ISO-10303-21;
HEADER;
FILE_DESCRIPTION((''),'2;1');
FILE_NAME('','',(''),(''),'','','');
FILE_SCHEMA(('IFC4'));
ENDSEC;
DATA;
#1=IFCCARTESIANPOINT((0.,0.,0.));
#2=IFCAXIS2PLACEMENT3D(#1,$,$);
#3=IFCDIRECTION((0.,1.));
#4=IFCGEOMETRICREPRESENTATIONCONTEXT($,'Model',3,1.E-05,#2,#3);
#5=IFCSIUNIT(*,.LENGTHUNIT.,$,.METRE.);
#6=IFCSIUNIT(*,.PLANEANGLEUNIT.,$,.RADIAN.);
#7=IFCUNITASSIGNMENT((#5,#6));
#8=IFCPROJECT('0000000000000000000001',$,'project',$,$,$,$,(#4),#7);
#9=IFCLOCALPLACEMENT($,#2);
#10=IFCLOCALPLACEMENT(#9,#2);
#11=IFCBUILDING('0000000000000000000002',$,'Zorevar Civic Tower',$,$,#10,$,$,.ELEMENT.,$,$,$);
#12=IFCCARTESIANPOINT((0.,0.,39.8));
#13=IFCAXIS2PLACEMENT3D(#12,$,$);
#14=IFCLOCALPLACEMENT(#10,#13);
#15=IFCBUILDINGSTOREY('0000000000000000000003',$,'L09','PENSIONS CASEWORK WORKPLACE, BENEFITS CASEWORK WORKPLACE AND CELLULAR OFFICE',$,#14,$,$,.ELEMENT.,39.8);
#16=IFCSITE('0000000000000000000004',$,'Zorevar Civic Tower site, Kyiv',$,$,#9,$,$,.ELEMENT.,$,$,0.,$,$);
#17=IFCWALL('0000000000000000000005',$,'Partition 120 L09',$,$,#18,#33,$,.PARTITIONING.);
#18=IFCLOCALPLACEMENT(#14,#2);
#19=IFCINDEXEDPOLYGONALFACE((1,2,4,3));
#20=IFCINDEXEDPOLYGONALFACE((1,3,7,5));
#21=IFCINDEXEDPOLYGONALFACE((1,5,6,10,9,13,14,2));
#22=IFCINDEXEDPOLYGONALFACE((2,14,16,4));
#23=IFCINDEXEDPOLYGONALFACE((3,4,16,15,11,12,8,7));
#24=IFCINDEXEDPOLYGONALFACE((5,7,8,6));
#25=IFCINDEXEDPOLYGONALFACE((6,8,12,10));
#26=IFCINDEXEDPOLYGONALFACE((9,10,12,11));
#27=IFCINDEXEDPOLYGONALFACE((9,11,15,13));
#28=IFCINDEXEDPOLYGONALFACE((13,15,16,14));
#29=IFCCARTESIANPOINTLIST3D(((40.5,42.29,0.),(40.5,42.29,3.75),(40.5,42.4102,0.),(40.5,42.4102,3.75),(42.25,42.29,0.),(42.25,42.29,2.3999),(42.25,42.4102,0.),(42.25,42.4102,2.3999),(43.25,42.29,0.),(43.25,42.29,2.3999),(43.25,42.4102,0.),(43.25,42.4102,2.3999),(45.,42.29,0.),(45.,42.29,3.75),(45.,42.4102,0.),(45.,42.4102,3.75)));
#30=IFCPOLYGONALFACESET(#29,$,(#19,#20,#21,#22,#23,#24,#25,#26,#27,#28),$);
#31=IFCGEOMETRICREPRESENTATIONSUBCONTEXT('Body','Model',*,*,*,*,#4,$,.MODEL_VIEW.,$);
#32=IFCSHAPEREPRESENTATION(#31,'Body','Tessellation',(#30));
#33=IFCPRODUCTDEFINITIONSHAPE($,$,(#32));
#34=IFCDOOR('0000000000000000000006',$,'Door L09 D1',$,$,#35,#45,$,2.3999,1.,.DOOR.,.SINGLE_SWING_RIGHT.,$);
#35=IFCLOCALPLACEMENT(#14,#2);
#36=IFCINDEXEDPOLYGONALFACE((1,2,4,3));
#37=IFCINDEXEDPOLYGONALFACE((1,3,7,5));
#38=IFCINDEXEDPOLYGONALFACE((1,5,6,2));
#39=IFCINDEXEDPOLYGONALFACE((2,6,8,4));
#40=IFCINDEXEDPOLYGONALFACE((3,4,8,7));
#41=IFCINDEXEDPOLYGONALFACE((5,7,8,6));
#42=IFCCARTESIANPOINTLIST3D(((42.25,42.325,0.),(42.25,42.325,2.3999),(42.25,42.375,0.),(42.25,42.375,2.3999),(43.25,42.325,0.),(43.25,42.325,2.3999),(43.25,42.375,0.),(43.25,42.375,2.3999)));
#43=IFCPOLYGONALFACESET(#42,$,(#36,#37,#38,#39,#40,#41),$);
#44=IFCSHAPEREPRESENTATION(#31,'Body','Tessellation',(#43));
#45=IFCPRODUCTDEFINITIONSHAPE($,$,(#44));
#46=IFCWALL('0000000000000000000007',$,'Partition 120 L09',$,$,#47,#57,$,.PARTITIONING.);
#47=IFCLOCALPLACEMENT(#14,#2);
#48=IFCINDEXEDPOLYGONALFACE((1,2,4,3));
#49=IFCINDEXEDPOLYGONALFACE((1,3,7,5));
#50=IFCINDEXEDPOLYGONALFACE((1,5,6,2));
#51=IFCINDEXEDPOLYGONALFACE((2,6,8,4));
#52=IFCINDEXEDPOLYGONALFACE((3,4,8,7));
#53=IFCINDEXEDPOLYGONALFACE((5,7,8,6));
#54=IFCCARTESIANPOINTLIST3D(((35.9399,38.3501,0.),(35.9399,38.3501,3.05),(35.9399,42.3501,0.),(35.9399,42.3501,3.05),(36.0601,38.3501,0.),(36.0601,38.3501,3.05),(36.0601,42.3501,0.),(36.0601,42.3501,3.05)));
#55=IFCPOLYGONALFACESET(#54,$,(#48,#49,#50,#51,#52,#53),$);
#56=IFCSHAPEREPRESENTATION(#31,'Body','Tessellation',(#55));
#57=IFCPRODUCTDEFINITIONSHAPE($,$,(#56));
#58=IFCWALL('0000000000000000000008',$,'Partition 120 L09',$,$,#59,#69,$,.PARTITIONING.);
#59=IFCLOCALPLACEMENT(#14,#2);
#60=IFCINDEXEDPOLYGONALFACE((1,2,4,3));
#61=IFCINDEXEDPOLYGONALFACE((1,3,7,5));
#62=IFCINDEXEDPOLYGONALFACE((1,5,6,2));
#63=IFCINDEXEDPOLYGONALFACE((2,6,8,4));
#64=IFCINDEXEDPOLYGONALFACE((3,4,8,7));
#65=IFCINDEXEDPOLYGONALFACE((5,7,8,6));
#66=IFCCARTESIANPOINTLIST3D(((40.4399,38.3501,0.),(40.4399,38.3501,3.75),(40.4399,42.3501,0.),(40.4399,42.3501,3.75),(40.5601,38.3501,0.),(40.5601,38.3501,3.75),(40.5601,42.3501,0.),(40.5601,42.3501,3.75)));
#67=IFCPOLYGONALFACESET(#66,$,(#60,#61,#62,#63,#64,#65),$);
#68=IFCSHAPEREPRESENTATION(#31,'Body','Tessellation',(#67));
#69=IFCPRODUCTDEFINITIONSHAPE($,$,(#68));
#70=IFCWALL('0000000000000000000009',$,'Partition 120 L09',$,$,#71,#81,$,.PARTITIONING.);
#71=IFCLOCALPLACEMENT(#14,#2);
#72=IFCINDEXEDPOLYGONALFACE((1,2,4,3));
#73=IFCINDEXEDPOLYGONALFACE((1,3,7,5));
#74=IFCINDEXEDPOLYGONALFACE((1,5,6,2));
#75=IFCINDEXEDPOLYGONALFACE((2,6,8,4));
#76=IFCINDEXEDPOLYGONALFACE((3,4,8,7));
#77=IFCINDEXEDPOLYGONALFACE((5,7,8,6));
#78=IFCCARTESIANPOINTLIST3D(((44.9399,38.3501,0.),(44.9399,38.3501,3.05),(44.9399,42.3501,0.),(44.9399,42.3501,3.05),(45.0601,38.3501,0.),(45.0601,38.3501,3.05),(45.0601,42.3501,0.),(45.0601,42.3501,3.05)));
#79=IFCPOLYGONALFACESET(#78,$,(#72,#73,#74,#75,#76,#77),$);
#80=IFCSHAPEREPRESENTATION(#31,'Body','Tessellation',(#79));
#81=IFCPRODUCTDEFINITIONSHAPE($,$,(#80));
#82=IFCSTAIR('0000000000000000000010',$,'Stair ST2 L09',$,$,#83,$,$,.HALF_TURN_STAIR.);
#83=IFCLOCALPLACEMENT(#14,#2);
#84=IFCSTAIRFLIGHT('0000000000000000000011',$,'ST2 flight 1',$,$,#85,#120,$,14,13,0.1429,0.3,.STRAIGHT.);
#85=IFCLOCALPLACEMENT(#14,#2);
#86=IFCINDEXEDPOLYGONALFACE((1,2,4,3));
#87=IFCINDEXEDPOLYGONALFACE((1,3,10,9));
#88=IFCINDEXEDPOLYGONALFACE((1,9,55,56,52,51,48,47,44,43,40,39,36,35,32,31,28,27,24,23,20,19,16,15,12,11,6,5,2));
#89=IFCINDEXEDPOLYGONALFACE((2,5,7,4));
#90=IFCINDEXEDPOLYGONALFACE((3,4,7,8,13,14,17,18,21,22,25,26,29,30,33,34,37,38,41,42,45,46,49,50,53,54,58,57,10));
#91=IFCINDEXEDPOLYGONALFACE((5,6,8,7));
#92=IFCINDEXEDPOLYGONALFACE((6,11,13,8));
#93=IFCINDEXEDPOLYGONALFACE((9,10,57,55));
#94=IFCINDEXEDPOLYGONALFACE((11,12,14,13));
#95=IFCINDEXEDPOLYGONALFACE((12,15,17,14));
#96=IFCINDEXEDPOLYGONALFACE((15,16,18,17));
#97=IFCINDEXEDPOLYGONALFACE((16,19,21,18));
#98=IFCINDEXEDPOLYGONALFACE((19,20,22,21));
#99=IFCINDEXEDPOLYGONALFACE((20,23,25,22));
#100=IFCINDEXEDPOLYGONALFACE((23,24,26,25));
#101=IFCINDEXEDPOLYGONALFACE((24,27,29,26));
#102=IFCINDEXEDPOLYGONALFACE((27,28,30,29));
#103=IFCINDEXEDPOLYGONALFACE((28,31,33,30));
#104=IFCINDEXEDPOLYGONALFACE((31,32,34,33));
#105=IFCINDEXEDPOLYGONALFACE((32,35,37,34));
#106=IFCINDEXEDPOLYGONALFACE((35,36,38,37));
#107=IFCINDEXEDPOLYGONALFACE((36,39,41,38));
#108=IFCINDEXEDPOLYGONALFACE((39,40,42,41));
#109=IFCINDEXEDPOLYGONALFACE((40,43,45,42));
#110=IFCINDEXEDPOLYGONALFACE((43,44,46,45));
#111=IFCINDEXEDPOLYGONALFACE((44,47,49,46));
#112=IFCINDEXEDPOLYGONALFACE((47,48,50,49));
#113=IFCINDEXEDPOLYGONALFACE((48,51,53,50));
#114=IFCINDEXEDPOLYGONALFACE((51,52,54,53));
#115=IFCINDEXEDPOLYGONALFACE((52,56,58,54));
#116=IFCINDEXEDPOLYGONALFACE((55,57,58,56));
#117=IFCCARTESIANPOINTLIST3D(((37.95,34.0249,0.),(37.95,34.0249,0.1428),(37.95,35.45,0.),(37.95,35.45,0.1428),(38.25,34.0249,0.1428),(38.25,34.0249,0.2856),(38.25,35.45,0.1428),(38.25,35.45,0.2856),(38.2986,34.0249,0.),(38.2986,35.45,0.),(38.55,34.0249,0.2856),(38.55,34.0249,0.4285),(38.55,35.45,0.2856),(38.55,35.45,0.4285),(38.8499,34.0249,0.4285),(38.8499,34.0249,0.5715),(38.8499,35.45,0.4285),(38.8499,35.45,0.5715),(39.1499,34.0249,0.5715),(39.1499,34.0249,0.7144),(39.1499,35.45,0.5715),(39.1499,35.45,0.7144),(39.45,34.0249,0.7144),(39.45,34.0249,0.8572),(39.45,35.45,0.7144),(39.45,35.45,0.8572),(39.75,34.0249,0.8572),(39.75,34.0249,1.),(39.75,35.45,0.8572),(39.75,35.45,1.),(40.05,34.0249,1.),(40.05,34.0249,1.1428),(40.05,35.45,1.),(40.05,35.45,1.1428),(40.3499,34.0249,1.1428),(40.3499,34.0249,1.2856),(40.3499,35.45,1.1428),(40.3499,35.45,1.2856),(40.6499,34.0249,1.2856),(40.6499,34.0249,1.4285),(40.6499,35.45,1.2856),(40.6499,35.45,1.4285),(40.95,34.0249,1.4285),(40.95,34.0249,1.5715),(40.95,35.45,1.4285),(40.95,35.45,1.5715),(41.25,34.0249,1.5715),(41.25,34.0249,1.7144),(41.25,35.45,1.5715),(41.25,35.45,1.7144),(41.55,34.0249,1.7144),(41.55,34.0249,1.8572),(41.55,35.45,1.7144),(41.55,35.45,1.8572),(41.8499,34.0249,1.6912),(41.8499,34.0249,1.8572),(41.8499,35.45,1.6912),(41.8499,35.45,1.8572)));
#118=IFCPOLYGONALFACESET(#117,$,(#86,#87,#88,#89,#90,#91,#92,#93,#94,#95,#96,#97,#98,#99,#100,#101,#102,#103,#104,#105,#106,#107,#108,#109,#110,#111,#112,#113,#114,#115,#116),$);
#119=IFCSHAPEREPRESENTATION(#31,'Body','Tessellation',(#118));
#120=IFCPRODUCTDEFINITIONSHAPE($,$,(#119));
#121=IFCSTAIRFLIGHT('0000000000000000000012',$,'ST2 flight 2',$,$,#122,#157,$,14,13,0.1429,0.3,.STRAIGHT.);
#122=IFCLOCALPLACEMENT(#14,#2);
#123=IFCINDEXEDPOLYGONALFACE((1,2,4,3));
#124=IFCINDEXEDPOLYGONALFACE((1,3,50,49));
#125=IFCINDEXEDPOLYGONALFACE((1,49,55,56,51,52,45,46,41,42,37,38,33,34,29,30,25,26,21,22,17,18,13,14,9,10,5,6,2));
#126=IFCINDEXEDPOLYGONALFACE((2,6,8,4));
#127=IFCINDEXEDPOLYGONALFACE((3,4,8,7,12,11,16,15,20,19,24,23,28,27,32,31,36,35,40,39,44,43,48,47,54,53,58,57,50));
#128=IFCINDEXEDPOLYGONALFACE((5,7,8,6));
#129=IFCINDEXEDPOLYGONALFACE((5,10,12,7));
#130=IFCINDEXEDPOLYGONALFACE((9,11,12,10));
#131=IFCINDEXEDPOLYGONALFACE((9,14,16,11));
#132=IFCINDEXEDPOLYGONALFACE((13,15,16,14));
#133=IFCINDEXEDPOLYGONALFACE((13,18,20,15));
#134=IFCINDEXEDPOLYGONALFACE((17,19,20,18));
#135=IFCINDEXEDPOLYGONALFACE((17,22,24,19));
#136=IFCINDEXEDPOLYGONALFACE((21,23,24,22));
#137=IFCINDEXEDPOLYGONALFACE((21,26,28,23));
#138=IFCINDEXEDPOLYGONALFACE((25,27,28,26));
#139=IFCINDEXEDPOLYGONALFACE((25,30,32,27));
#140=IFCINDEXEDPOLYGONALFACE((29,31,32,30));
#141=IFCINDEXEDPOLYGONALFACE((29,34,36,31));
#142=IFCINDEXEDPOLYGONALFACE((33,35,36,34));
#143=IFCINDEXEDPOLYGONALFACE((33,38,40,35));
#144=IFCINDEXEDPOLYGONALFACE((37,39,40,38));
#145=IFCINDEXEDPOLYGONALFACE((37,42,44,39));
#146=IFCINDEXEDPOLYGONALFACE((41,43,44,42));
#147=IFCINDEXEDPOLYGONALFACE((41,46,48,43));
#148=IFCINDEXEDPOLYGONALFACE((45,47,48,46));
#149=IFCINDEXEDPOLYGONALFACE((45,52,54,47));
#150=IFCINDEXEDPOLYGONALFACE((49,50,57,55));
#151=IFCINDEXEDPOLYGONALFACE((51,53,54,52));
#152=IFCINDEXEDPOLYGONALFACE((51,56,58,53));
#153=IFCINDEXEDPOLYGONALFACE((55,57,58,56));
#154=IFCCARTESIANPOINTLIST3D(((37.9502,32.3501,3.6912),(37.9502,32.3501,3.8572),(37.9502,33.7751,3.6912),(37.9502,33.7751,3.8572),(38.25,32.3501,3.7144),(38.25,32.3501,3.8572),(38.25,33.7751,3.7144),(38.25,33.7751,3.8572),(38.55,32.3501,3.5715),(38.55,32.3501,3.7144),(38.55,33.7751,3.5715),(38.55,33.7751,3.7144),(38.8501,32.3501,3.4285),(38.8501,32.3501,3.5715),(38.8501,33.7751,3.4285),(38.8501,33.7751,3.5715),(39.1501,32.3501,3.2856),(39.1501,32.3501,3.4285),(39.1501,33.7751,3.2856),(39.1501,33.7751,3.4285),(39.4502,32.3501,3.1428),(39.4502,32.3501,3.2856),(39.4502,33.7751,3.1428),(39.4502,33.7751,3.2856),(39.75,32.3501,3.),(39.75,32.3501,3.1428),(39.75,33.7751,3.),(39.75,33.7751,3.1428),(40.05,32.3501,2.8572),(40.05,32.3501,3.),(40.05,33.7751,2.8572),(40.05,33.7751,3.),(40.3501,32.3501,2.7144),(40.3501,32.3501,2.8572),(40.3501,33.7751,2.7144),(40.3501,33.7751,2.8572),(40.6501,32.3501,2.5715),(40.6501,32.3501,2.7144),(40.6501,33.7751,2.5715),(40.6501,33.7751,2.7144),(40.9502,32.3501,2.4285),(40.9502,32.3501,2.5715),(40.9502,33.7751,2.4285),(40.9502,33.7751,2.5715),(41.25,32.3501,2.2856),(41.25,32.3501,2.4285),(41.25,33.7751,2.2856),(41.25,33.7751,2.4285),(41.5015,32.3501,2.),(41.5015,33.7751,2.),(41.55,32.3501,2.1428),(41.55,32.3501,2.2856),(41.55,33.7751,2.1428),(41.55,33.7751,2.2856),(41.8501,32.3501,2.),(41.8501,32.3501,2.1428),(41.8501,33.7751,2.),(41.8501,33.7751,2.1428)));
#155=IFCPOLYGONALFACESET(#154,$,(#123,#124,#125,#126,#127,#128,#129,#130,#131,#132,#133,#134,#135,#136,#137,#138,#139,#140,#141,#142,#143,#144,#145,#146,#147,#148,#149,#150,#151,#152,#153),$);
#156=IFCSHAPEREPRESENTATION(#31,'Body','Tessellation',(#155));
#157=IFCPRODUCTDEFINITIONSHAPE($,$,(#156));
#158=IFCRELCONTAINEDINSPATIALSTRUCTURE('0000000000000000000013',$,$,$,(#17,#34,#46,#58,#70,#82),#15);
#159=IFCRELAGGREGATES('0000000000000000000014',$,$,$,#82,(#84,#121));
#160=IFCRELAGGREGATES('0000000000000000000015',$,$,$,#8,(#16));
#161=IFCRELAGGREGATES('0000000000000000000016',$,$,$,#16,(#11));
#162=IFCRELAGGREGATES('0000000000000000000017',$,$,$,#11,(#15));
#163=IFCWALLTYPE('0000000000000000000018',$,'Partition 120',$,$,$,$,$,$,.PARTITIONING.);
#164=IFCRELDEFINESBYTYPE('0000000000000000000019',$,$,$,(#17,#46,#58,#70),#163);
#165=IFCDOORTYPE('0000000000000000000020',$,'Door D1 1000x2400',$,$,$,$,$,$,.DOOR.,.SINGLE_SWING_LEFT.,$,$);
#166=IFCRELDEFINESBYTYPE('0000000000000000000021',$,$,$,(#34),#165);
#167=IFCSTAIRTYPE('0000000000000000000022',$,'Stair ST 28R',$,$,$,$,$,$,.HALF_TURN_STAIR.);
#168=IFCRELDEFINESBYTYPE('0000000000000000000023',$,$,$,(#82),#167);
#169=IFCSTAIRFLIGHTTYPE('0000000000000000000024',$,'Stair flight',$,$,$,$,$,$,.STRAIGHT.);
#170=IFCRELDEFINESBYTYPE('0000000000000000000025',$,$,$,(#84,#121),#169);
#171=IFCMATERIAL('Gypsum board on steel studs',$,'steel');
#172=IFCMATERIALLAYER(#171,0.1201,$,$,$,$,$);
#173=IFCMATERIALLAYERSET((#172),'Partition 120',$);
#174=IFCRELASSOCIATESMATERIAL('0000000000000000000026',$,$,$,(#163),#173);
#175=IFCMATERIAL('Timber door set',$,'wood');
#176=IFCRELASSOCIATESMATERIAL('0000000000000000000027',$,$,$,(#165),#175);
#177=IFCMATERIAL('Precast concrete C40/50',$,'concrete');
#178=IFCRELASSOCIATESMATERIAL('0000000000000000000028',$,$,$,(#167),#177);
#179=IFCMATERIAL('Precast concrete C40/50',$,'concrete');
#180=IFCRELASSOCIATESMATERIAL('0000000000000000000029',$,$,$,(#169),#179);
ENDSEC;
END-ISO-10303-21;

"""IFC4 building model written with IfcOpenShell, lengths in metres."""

from ifc_helpers import new_model, si_unit, direction, frame, frame_2d, origin, place, context, subcontext, project, spatial, polyline, rectangle, outline, extrude, material, layer, layer_set, type_object, element, fill, aggregate, save


model = new_model("IFC4")

# Units and contexts
model_context = context("Model", 3, precision=1e-05, world=origin(), true_north=direction((0.0, 1.0)))
body_context = subcontext(model_context, "Body", "Model", "MODEL_VIEW")
ifc_project = project(units=[si_unit("LENGTHUNIT", "METRE"), si_unit("PLANEANGLEUNIT", "RADIAN")], contexts=[model_context])

# Site, building, storey
site_placement = place(None, origin())
site = spatial("IfcSite", under=ifc_project, at=site_placement, Name="Zorevar Civic Tower site, Kyiv", CompositionType="ELEMENT", RefElevation=0.0)
building_placement = place(site_placement, origin())
building = spatial("IfcBuilding", under=site, at=building_placement, Name="Zorevar Civic Tower", CompositionType="ELEMENT")
storey_placement = place(building_placement, frame((0.0, 0.0, 39.8)))
storey = spatial("IfcBuildingStorey", under=building, at=storey_placement, Name="L09", Description="PENSIONS CASEWORK WORKPLACE, BENEFITS CASEWORK WORKPLACE AND CELLULAR OFFICE", CompositionType="ELEMENT", Elevation=39.8)

# Shared definitions
ifc_material_1 = material(Name="Gypsum board on steel studs", Category="steel")
ifc_layer_1 = layer(ifc_material_1, 0.1201)
ifc_layer_set_1 = layer_set([ifc_layer_1], Name="Partition 120")
wall_type_1 = type_object("IfcWallType", Name="Partition 120", PredefinedType="PARTITIONING", material=ifc_layer_set_1)

# Wall, opening, door
wall_1_placement = place(storey_placement, frame((40.5, 42.3501, 0.0), z_axis=(0.0, 0.0, 1.0), x_axis=(1.0, 0.0, 0.0)))
wall_1 = element("IfcWall", 1, at=wall_1_placement, inside=storey, type_object=wall_type_1, Name="Partition 120 L09", PredefinedType="PARTITIONING", context=body_context, shape_type="SweptSolid", body=[
    extrude(rectangle(XDim=4.5, YDim=0.1201, at=frame_2d((2.25, 0.0))), origin(), (0.0, 0.0, 1.0), 3.75),
])
opening_1_placement = place(wall_1_placement, frame((1.75, 0.0, 0.0)))
opening_1 = element("IfcOpeningElement", 2, at=opening_1_placement, cuts=wall_1, PredefinedType="OPENING", context=body_context, shape_type="SweptSolid", body=[
    extrude(rectangle(XDim=1.0, YDim=2.3999, at=frame_2d((0.5, 1.2))), frame((0.0, 0.0701, 0.0), z_axis=(0.0, -1.0, 0.0), x_axis=(1.0, 0.0, 0.0)), (0.0, 0.0, 1.0), 0.1401),
])
ifc_material_2 = material(Name="Timber door set", Category="wood")
door_type_1 = type_object("IfcDoorType", Name="Door D1 1000x2400", OperationType="SINGLE_SWING_LEFT", PredefinedType="DOOR", material=ifc_material_2)
door_1_placement = place(opening_1_placement, origin())
door_1 = element("IfcDoor", 3, at=door_1_placement, inside=storey, type_object=door_type_1, Name="Door L09 D1", OperationType="SINGLE_SWING_RIGHT", OverallHeight=2.3999, OverallWidth=1.0, PredefinedType="DOOR", context=body_context, shape_type="SweptSolid", body=[
    extrude(rectangle(XDim=1.0, YDim=2.3999, at=frame_2d((0.5, 1.2))), frame((0.0, 0.0249, 0.0), z_axis=(0.0, -1.0, 0.0), x_axis=(1.0, 0.0, 0.0)), (0.0, 0.0, 1.0), 0.05),
])
fill(opening_1, door_1)

# Walls
wall_2_placement = place(storey_placement, frame((36.0, 38.3501, 0.0), z_axis=(0.0, 0.0, 1.0), x_axis=(0.0, 1.0, 0.0)))
element("IfcWall", 4, at=wall_2_placement, inside=storey, type_object=wall_type_1, Name="Partition 120 L09", PredefinedType="PARTITIONING", context=body_context, shape_type="SweptSolid", body=[
    extrude(rectangle(XDim=4.0, YDim=0.1201, at=frame_2d((2.0, 0.0))), origin(), (0.0, 0.0, 1.0), 3.05),
])
wall_3_placement = place(storey_placement, frame((40.5, 38.3501, 0.0), z_axis=(0.0, 0.0, 1.0), x_axis=(0.0, 1.0, 0.0)))
element("IfcWall", 5, at=wall_3_placement, inside=storey, type_object=wall_type_1, Name="Partition 120 L09", PredefinedType="PARTITIONING", context=body_context, shape_type="SweptSolid", body=[
    extrude(rectangle(XDim=4.0, YDim=0.1201, at=frame_2d((2.0, 0.0))), origin(), (0.0, 0.0, 1.0), 3.75),
])
wall_4_placement = place(storey_placement, frame((45.0, 38.3501, 0.0), z_axis=(0.0, 0.0, 1.0), x_axis=(0.0, 1.0, 0.0)))
element("IfcWall", 6, at=wall_4_placement, inside=storey, type_object=wall_type_1, Name="Partition 120 L09", PredefinedType="PARTITIONING", context=body_context, shape_type="SweptSolid", body=[
    extrude(rectangle(XDim=4.0, YDim=0.1201, at=frame_2d((2.0, 0.0))), origin(), (0.0, 0.0, 1.0), 3.05),
])

# Stair, stair flights
ifc_material_3 = material(Name="Precast concrete C40/50", Category="concrete")
stair_type = type_object("IfcStairType", Name="Stair ST 28R", PredefinedType="HALF_TURN_STAIR", material=ifc_material_3)
stair_placement = place(storey_placement, origin())
stair = element("IfcStair", 7, at=stair_placement, inside=storey, type_object=stair_type, Name="Stair ST2 L09", PredefinedType="HALF_TURN_STAIR")
ifc_material_4 = material(Name="Precast concrete C40/50", Category="concrete")
stair_flight_type = type_object("IfcStairFlightType", Name="Stair flight", PredefinedType="STRAIGHT", material=ifc_material_4)
stair_flight_1_placement = place(storey_placement, frame((37.95, 34.7375, 0.0), z_axis=(0.0, 0.0, 1.0), x_axis=(1.0, 0.0, 0.0)))
stair_flight_1 = element("IfcStairFlight", 8, at=stair_flight_1_placement, type_object=stair_flight_type, Name="ST2 flight 1", NumberOfRisers=14, NumberOfTreads=13, PredefinedType="STRAIGHT", RiserHeight=0.1429, TreadLength=0.3, context=body_context, shape_type="SweptSolid", body=[
    extrude(outline(polyline([(0.0, 0.0), (0.0, 0.1428), (0.3, 0.1428), (0.3, 0.2856), (0.6001, 0.2856), (0.6001, 0.4285), (0.8999, 0.4285), (0.8999, 0.5715), (1.2, 0.5715), (1.2, 0.7144), (1.5, 0.7144), (1.5, 0.8572), (1.8, 0.8572), (1.8, 1.0), (2.1001, 1.0), (2.1001, 1.1428), (2.3999, 1.1428), (2.3999, 1.2856), (2.7, 1.2856), (2.7, 1.4285), (3.0, 1.4285), (3.0, 1.5715), (3.3, 1.5715), (3.3, 1.7144), (3.6001, 1.7144), (3.6001, 1.8572), (3.8999, 1.8572), (3.8999, 2.0), (3.8999, 1.6912), (0.3486, 0.0), (0.0, 0.0)])), frame((0.0, 0.7124, 0.0), z_axis=(0.0, -1.0, 0.0), x_axis=(1.0, 0.0, 0.0)), (0.0, 0.0, 1.0), 1.425),
])
stair_flight_2_placement = place(storey_placement, frame((41.8501, 33.0625, 2.0), z_axis=(0.0, 0.0, 1.0), x_axis=(-1.0, 0.0, 0.0)))
stair_flight_2 = element("IfcStairFlight", 9, at=stair_flight_2_placement, type_object=stair_flight_type, Name="ST2 flight 2", NumberOfRisers=14, NumberOfTreads=13, PredefinedType="STRAIGHT", RiserHeight=0.1429, TreadLength=0.3, context=body_context, shape_type="SweptSolid", body=[
    extrude(outline(polyline([(0.0, 0.0), (0.0, 0.1428), (0.3, 0.1428), (0.3, 0.2856), (0.6001, 0.2856), (0.6001, 0.4285), (0.8999, 0.4285), (0.8999, 0.5715), (1.2, 0.5715), (1.2, 0.7144), (1.5, 0.7144), (1.5, 0.8572), (1.8, 0.8572), (1.8, 1.0), (2.1001, 1.0), (2.1001, 1.1428), (2.3999, 1.1428), (2.3999, 1.2856), (2.7, 1.2856), (2.7, 1.4285), (3.0, 1.4285), (3.0, 1.5715), (3.3, 1.5715), (3.3, 1.7144), (3.6001, 1.7144), (3.6001, 1.8572), (3.8999, 1.8572), (3.8999, 2.0), (3.8999, 1.6912), (0.3486, 0.0), (0.0, 0.0)])), frame((0.0, 0.7124, 0.0), z_axis=(0.0, -1.0, 0.0), x_axis=(1.0, 0.0, 0.0)), (0.0, 0.0, 1.0), 1.425),
])
aggregate(stair, [stair_flight_1, stair_flight_2])

save(model, "model.ifc")
